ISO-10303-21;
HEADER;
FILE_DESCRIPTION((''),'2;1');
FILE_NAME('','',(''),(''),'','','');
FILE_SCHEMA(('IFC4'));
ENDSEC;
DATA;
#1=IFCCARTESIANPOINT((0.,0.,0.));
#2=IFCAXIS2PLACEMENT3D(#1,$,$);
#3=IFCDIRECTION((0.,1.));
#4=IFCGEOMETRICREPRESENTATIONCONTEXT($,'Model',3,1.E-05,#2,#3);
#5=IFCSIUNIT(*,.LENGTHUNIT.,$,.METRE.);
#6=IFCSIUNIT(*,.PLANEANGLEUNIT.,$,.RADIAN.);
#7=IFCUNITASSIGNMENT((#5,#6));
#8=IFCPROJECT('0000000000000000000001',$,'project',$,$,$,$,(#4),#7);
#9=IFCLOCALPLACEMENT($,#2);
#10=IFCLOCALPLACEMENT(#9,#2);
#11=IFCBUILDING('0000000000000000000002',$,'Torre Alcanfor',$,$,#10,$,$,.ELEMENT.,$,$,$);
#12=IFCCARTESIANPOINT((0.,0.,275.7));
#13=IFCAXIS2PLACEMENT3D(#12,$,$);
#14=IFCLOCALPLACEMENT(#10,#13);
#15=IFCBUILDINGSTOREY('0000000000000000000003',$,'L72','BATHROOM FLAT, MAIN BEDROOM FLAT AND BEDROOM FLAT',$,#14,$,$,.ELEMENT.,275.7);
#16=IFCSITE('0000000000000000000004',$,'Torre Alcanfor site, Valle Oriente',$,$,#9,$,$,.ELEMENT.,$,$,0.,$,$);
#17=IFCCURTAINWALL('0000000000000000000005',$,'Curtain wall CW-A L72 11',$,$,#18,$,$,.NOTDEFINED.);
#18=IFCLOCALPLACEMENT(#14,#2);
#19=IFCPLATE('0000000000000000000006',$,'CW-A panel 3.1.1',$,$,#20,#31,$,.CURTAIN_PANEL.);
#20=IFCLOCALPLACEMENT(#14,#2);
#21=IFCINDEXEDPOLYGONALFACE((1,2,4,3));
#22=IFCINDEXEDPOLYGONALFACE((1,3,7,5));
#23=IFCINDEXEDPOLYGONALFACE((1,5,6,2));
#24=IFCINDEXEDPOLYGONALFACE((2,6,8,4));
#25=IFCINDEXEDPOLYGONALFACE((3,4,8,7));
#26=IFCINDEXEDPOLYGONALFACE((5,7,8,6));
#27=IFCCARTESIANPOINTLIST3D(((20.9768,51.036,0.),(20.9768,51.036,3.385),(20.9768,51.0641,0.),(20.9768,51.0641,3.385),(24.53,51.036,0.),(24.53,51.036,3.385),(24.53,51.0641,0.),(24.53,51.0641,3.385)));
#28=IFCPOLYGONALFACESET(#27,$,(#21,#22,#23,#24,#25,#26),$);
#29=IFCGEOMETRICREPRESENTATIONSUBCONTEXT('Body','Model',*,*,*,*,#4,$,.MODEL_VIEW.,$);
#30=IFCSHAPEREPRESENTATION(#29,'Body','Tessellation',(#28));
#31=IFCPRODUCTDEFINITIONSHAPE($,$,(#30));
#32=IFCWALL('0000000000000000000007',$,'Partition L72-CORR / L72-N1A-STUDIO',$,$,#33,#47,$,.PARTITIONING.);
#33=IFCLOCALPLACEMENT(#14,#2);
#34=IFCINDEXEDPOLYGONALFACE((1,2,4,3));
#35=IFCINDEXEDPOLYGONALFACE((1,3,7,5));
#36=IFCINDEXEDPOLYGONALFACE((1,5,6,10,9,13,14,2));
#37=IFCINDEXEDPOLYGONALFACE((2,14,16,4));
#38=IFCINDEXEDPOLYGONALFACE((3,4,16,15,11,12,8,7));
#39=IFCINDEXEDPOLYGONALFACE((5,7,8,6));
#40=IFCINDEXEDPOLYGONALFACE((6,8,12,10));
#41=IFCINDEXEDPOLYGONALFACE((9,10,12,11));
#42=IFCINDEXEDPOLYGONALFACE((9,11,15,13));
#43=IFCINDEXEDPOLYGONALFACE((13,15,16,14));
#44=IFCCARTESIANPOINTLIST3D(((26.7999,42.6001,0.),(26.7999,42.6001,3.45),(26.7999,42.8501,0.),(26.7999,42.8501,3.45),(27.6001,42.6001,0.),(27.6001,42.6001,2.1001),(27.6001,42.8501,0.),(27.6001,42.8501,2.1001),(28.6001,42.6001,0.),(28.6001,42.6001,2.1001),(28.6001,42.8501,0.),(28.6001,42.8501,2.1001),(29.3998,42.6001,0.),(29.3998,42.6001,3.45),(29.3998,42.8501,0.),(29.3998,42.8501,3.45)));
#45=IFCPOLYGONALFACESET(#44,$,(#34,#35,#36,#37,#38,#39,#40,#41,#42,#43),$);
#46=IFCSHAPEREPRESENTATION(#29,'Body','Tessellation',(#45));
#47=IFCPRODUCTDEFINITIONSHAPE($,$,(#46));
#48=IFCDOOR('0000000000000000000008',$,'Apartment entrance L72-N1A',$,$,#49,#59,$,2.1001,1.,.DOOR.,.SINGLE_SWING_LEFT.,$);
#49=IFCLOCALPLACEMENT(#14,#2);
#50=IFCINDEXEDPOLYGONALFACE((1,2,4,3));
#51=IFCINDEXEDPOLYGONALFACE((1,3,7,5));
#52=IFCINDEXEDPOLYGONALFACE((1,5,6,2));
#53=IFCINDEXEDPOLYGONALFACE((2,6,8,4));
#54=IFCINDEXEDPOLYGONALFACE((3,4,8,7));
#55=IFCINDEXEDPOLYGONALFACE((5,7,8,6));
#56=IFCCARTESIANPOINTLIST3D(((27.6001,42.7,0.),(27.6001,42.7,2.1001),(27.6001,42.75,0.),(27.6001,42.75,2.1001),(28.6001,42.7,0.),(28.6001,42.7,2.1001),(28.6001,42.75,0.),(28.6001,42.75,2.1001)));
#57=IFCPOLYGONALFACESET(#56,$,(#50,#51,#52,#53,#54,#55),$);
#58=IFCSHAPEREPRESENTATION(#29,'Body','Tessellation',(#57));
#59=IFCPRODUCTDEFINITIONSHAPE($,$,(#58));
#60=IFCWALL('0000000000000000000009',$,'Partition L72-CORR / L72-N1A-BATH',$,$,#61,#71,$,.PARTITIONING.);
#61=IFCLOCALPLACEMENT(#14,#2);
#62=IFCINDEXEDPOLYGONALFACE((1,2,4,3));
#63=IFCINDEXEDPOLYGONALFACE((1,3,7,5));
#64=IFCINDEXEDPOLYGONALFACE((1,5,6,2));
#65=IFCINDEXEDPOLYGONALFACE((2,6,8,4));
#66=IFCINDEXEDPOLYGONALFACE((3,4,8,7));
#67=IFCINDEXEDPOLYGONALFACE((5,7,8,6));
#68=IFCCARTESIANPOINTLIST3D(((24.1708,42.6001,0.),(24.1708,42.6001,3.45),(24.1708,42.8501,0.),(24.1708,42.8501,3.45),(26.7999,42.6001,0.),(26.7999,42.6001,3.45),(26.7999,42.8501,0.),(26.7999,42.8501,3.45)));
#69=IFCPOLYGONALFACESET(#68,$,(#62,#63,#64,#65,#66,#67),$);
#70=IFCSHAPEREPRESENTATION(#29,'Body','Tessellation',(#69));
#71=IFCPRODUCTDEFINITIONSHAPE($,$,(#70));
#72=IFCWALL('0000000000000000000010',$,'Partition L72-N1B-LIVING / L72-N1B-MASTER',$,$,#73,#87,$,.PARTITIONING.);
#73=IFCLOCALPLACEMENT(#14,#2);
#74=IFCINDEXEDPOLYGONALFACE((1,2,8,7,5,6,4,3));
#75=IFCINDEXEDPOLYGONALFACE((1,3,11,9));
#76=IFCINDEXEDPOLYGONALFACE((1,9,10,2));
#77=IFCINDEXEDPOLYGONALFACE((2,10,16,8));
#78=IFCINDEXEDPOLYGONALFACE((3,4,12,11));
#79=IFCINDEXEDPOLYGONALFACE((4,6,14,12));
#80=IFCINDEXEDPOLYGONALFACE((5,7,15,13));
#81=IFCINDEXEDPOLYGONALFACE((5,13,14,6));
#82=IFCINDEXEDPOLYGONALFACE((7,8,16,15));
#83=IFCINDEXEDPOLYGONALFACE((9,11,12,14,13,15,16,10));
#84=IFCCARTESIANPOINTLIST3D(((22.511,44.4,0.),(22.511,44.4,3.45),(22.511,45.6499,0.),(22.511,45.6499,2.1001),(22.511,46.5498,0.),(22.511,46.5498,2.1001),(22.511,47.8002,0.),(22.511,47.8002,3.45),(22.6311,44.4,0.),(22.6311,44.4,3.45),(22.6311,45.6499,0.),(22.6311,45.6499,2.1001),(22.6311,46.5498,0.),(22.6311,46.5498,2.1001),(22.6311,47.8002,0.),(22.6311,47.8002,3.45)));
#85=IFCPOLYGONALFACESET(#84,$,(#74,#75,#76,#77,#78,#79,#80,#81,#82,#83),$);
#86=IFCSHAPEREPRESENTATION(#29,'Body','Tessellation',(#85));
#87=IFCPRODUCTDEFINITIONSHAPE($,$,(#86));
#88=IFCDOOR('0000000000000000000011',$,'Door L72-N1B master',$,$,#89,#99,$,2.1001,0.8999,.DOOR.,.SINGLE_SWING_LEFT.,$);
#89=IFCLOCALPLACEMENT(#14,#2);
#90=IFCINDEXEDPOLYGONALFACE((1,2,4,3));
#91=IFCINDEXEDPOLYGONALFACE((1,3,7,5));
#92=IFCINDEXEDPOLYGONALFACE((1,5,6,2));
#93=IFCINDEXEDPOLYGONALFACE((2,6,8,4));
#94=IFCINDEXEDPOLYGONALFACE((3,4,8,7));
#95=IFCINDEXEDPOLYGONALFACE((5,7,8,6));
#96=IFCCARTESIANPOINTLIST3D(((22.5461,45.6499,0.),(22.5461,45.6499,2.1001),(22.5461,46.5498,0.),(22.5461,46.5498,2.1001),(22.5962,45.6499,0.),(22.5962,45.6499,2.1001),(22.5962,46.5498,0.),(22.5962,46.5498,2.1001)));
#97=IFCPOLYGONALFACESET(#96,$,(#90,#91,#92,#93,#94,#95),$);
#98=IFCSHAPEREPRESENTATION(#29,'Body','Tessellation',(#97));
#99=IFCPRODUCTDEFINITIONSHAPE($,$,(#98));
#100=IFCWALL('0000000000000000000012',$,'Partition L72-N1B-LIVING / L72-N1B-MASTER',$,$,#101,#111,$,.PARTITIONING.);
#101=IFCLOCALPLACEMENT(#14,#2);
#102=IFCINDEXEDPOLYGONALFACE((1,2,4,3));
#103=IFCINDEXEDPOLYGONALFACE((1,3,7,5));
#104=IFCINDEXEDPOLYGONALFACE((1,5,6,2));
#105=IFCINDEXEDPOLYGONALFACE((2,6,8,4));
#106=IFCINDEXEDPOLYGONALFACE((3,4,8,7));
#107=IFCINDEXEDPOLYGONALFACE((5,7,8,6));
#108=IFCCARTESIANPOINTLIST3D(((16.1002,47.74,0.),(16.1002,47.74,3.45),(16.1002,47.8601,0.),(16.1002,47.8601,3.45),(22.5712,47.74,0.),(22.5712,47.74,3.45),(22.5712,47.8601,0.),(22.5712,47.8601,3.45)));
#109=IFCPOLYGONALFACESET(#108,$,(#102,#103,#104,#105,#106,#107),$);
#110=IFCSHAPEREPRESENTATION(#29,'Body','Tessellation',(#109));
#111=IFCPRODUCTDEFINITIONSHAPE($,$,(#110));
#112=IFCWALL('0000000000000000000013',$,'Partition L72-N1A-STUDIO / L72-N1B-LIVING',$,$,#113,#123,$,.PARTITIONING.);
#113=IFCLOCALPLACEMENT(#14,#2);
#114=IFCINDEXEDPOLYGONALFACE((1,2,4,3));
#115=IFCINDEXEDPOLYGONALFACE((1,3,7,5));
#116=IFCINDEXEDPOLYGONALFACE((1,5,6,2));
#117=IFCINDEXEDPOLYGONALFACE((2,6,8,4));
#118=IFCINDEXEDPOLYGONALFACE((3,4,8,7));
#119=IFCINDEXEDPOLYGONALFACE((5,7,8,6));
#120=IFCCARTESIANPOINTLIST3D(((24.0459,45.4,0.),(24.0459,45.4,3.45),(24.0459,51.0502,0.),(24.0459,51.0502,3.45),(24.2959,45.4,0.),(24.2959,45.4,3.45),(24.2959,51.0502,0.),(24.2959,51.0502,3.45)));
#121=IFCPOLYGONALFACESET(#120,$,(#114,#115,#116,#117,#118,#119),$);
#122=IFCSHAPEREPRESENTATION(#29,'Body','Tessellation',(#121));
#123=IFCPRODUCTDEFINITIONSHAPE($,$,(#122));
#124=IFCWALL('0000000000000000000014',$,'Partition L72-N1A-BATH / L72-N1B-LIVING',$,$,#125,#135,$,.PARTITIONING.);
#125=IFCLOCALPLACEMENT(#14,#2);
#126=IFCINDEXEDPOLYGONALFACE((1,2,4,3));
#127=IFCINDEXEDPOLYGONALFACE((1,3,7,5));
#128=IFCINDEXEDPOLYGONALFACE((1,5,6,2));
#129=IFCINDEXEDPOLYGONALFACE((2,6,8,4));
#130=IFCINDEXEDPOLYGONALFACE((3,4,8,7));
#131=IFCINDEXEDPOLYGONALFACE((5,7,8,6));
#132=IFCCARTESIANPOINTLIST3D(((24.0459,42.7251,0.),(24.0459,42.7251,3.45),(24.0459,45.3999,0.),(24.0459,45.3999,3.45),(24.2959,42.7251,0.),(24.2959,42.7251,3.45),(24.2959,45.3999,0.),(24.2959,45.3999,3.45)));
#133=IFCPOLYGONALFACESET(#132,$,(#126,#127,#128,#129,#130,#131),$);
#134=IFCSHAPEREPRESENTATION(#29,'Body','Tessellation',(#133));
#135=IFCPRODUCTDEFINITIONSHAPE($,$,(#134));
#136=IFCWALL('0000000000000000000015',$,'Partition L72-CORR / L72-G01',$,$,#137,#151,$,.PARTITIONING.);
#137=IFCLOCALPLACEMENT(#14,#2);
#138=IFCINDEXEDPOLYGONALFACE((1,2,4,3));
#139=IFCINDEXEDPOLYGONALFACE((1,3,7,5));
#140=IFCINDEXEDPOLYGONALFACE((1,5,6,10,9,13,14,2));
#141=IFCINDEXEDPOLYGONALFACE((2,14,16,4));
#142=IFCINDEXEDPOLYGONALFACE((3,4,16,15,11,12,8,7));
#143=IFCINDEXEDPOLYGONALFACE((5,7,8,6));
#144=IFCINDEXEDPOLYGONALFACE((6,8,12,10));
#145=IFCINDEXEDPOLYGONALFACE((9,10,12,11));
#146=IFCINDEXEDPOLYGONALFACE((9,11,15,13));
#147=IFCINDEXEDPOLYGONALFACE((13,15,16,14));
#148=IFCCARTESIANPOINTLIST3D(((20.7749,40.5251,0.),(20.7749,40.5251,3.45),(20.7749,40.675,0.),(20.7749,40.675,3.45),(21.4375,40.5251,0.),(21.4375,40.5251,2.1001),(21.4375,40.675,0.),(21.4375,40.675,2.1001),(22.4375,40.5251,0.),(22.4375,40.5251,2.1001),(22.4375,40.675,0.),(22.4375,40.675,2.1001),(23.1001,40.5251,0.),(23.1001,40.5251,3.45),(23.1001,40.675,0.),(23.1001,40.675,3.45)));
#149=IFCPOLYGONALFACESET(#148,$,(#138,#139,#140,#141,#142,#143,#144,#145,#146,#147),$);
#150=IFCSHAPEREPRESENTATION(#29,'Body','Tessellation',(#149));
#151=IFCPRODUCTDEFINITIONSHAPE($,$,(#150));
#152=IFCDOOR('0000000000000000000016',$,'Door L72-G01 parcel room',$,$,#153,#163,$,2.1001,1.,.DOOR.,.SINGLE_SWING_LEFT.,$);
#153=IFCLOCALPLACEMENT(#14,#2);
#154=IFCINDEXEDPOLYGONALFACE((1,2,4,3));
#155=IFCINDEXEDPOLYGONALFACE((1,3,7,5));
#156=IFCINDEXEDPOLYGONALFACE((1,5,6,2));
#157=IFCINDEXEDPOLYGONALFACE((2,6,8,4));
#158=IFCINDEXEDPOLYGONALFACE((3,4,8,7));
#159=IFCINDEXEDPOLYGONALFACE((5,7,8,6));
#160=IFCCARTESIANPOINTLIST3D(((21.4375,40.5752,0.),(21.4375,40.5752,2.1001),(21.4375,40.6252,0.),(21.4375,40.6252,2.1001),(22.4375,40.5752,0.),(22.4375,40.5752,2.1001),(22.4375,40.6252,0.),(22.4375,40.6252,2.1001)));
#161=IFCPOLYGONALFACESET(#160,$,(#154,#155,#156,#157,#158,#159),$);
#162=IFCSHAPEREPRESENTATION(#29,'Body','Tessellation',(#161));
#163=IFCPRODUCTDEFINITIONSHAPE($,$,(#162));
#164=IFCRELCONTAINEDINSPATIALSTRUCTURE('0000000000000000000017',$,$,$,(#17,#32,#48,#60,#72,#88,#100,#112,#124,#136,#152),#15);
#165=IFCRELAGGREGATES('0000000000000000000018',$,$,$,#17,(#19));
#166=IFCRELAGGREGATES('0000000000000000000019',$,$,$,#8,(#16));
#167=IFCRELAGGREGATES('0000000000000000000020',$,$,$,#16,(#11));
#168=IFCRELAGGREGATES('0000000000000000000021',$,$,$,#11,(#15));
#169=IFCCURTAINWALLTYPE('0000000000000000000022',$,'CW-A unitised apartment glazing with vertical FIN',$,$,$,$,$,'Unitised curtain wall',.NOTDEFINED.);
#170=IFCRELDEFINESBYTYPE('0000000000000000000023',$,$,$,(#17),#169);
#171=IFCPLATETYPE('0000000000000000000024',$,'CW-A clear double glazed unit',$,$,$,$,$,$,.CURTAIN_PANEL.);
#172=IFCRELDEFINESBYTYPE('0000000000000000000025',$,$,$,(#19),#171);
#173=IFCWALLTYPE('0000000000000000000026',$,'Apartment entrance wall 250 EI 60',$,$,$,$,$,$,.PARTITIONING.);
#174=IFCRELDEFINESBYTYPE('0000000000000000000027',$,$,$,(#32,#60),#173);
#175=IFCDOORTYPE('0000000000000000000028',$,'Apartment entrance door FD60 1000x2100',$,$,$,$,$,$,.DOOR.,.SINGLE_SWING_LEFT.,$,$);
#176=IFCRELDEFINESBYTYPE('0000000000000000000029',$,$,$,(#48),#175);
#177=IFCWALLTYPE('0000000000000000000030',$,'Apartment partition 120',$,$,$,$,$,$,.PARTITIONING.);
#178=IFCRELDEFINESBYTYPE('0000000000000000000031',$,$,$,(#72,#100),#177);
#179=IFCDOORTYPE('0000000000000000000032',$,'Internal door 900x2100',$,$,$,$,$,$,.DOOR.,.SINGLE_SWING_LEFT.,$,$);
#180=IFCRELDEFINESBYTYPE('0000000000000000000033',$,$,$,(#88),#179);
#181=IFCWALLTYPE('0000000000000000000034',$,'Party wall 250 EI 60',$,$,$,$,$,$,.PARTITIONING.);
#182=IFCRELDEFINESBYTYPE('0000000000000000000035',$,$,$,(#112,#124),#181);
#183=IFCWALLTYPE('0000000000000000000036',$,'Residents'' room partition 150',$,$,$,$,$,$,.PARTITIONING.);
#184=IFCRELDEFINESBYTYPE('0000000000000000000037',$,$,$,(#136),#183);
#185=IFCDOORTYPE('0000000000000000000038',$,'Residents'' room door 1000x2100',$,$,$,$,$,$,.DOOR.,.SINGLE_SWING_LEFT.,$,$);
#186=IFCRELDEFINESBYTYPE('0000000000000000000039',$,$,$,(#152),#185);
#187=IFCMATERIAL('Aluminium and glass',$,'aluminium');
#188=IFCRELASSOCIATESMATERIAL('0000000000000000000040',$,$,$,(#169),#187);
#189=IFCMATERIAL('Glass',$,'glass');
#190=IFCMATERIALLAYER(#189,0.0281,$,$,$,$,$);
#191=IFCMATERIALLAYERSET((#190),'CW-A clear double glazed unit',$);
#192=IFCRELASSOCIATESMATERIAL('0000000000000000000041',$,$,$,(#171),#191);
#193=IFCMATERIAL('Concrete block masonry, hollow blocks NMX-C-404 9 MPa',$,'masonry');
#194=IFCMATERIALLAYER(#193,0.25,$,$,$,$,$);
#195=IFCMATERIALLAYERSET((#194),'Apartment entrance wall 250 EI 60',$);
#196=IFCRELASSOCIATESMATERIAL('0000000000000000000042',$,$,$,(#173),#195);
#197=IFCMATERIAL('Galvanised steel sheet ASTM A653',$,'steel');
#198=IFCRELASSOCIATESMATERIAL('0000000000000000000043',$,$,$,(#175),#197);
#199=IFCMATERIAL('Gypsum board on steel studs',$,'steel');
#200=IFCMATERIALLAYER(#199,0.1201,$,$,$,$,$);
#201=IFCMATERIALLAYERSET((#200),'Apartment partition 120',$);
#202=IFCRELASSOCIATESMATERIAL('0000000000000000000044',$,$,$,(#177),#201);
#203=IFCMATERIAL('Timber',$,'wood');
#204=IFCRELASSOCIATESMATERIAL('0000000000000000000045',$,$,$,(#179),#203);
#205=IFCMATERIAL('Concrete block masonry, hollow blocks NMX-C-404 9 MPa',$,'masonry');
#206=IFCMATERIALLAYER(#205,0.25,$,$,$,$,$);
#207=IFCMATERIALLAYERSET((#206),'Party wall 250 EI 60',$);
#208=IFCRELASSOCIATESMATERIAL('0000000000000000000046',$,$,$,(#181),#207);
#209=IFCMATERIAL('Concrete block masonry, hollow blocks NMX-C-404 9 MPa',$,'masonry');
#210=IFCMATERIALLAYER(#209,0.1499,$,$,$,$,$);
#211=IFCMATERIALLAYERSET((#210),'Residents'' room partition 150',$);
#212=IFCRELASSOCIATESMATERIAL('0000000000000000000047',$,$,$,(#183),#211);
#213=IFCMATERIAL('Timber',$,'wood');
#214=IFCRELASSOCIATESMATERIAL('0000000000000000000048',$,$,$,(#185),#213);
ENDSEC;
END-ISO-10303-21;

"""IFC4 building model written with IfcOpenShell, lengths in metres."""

from ifc_helpers import new_model, si_unit, direction, frame, frame_2d, origin, origin_2d, place, context, subcontext, project, spatial, rectangle, extrude, material, layer, layer_set, type_object, element, fill, aggregate, save


model = new_model("IFC4")

# Units and contexts
model_context = context("Model", 3, precision=1e-05, world=origin(), true_north=direction((0.0, 1.0)))
body_context = subcontext(model_context, "Body", "Model", "MODEL_VIEW")
ifc_project = project(units=[si_unit("LENGTHUNIT", "METRE"), si_unit("PLANEANGLEUNIT", "RADIAN")], contexts=[model_context])

# Site, building, storey
site_placement = place(None, origin())
site = spatial("IfcSite", under=ifc_project, at=site_placement, Name="Torre Alcanfor site, Valle Oriente", CompositionType="ELEMENT", RefElevation=0.0)
building_placement = place(site_placement, origin())
building = spatial("IfcBuilding", under=site, at=building_placement, Name="Torre Alcanfor", CompositionType="ELEMENT")
storey_placement = place(building_placement, frame((0.0, 0.0, 275.7)))
storey = spatial("IfcBuildingStorey", under=building, at=storey_placement, Name="L72", Description="BATHROOM FLAT, MAIN BEDROOM FLAT AND BEDROOM FLAT", CompositionType="ELEMENT", Elevation=275.7)

# Curtain wall
ifc_material_1 = material(Name="Aluminium and glass", Category="aluminium")
curtain_wall_type = type_object("IfcCurtainWallType", Name="CW-A unitised apartment glazing with vertical FIN", ElementType="Unitised curtain wall", PredefinedType="NOTDEFINED", material=ifc_material_1)
curtain_wall_placement = place(storey_placement, origin())
curtain_wall = element("IfcCurtainWall", 1, at=curtain_wall_placement, inside=storey, type_object=curtain_wall_type, Name="Curtain wall CW-A L72 11", PredefinedType="NOTDEFINED")

# Plate
ifc_material_2 = material(Name="Glass", Category="glass")
ifc_layer_1 = layer(ifc_material_2, 0.0281)
ifc_layer_set_1 = layer_set([ifc_layer_1], Name="CW-A clear double glazed unit")
plate_type = type_object("IfcPlateType", Name="CW-A clear double glazed unit", PredefinedType="CURTAIN_PANEL", material=ifc_layer_set_1)
plate_1_placement = place(storey_placement, frame((22.7534, 51.05, 0.0), z_axis=(0.0, 0.0, 1.0), x_axis=(-1.0, 0.0, 0.0)))
plate_1 = element("IfcPlate", 2, at=plate_1_placement, type_object=plate_type, Name="CW-A panel 3.1.1", PredefinedType="CURTAIN_PANEL", context=body_context, shape_type="SweptSolid", body=[
    extrude(rectangle(XDim=3.5532, YDim=0.0281, at=origin_2d()), origin(), (0.0, 0.0, 1.0), 3.385),
])
aggregate(curtain_wall, [plate_1])

# Wall, opening, door
ifc_material_3 = material(Name="Concrete block masonry, hollow blocks NMX-C-404 9 MPa", Category="masonry")
ifc_layer_2 = layer(ifc_material_3, 0.25)
ifc_layer_set_2 = layer_set([ifc_layer_2], Name="Apartment entrance wall 250 EI 60")
wall_type_1 = type_object("IfcWallType", Name="Apartment entrance wall 250 EI 60", PredefinedType="PARTITIONING", material=ifc_layer_set_2)
wall_1_placement = place(storey_placement, frame((26.8, 42.7251, 0.0), z_axis=(0.0, 0.0, 1.0), x_axis=(1.0, 0.0, 0.0)))
wall_1 = element("IfcWall", 3, at=wall_1_placement, inside=storey, type_object=wall_type_1, Name="Partition L72-CORR / L72-N1A-STUDIO", PredefinedType="PARTITIONING", context=body_context, shape_type="SweptSolid", body=[
    extrude(rectangle(XDim=2.5999, YDim=0.25, at=frame_2d((1.2998, 0.0))), origin(), (0.0, 0.0, 1.0), 3.45),
])
opening_1_placement = place(wall_1_placement, frame((0.8, 0.0, 0.0)))
opening_1 = element("IfcOpeningElement", 4, at=opening_1_placement, cuts=wall_1, PredefinedType="OPENING", context=body_context, shape_type="SweptSolid", body=[
    extrude(rectangle(XDim=1.0, YDim=2.1001, at=frame_2d((0.5, 1.05))), frame((0.0, 0.135, 0.0), z_axis=(0.0, -1.0, 0.0), x_axis=(1.0, 0.0, 0.0)), (0.0, 0.0, 1.0), 0.27),
])
ifc_material_4 = material(Name="Galvanised steel sheet ASTM A653", Category="steel")
door_type_1 = type_object("IfcDoorType", Name="Apartment entrance door FD60 1000x2100", OperationType="SINGLE_SWING_LEFT", PredefinedType="DOOR", material=ifc_material_4)
door_1_placement = place(opening_1_placement, origin())
door_1 = element("IfcDoor", 5, at=door_1_placement, inside=storey, type_object=door_type_1, Name="Apartment entrance L72-N1A", OperationType="SINGLE_SWING_LEFT", OverallHeight=2.1001, OverallWidth=1.0, PredefinedType="DOOR", context=body_context, shape_type="SweptSolid", body=[
    extrude(rectangle(XDim=1.0, YDim=2.1001, at=frame_2d((0.5, 1.05))), frame((0.0, 0.0249, 0.0), z_axis=(0.0, -1.0, 0.0), x_axis=(1.0, 0.0, 0.0)), (0.0, 0.0, 1.0), 0.05),
])
fill(opening_1, door_1)

# Wall
wall_2_placement = place(storey_placement, frame((24.1709, 42.7251, 0.0), z_axis=(0.0, 0.0, 1.0), x_axis=(1.0, 0.0, 0.0)))
element("IfcWall", 6, at=wall_2_placement, inside=storey, type_object=wall_type_1, Name="Partition L72-CORR / L72-N1A-BATH", PredefinedType="PARTITIONING", context=body_context, shape_type="SweptSolid", body=[
    extrude(rectangle(XDim=2.6292, YDim=0.25, at=frame_2d((1.3145, 0.0))), origin(), (0.0, 0.0, 1.0), 3.45),
])

# Wall, opening, door
ifc_material_5 = material(Name="Gypsum board on steel studs", Category="steel")
ifc_layer_3 = layer(ifc_material_5, 0.1201)
ifc_layer_set_3 = layer_set([ifc_layer_3], Name="Apartment partition 120")
wall_type_2 = type_object("IfcWallType", Name="Apartment partition 120", PredefinedType="PARTITIONING", material=ifc_layer_set_3)
wall_3_placement = place(storey_placement, frame((22.571, 44.3999, 0.0), z_axis=(0.0, 0.0, 1.0), x_axis=(0.0, 1.0, 0.0)))
wall_3 = element("IfcWall", 7, at=wall_3_placement, inside=storey, type_object=wall_type_2, Name="Partition L72-N1B-LIVING / L72-N1B-MASTER", PredefinedType="PARTITIONING", context=body_context, shape_type="SweptSolid", body=[
    extrude(rectangle(XDim=3.4001, YDim=0.1201, at=frame_2d((1.7002, 0.0))), origin(), (0.0, 0.0, 1.0), 3.45),
])
opening_2_placement = place(wall_3_placement, frame((1.25, 0.0, 0.0)))
opening_2 = element("IfcOpeningElement", 8, at=opening_2_placement, cuts=wall_3, PredefinedType="OPENING", context=body_context, shape_type="SweptSolid", body=[
    extrude(rectangle(XDim=0.8999, YDim=2.1001, at=frame_2d((0.45, 1.05))), frame((0.0, 0.0701, 0.0), z_axis=(0.0, -1.0, 0.0), x_axis=(1.0, 0.0, 0.0)), (0.0, 0.0, 1.0), 0.1401),
])
ifc_material_6 = material(Name="Timber", Category="wood")
door_type_2 = type_object("IfcDoorType", Name="Internal door 900x2100", OperationType="SINGLE_SWING_LEFT", PredefinedType="DOOR", material=ifc_material_6)
door_2_placement = place(opening_2_placement, origin())
door_2 = element("IfcDoor", 9, at=door_2_placement, inside=storey, type_object=door_type_2, Name="Door L72-N1B master", OperationType="SINGLE_SWING_LEFT", OverallHeight=2.1001, OverallWidth=0.8999, PredefinedType="DOOR", context=body_context, shape_type="SweptSolid", body=[
    extrude(rectangle(XDim=0.8999, YDim=2.1001, at=frame_2d((0.45, 1.05))), frame((0.0, 0.0249, 0.0), z_axis=(0.0, -1.0, 0.0), x_axis=(1.0, 0.0, 0.0)), (0.0, 0.0, 1.0), 0.05),
])
fill(opening_2, door_2)

# Walls
wall_4_placement = place(storey_placement, frame((22.571, 47.8, 0.0), z_axis=(0.0, 0.0, 1.0), x_axis=(-1.0, 0.0, 0.0)))
element("IfcWall", 10, at=wall_4_placement, inside=storey, type_object=wall_type_2, Name="Partition L72-N1B-LIVING / L72-N1B-MASTER", PredefinedType="PARTITIONING", context=body_context, shape_type="SweptSolid", body=[
    extrude(rectangle(XDim=6.4709, YDim=0.1201, at=frame_2d((3.2354, 0.0))), origin(), (0.0, 0.0, 1.0), 3.45),
])
ifc_material_7 = material(Name="Concrete block masonry, hollow blocks NMX-C-404 9 MPa", Category="masonry")
ifc_layer_4 = layer(ifc_material_7, 0.25)
ifc_layer_set_4 = layer_set([ifc_layer_4], Name="Party wall 250 EI 60")
wall_type_3 = type_object("IfcWallType", Name="Party wall 250 EI 60", PredefinedType="PARTITIONING", material=ifc_layer_set_4)
wall_5_placement = place(storey_placement, frame((24.1709, 45.3999, 0.0), z_axis=(0.0, 0.0, 1.0), x_axis=(0.0, 1.0, 0.0)))
element("IfcWall", 11, at=wall_5_placement, inside=storey, type_object=wall_type_3, Name="Partition L72-N1A-STUDIO / L72-N1B-LIVING", PredefinedType="PARTITIONING", context=body_context, shape_type="SweptSolid", body=[
    extrude(rectangle(XDim=5.6501, YDim=0.25, at=frame_2d((2.8252, 0.0))), origin(), (0.0, 0.0, 1.0), 3.45),
])
wall_6_placement = place(storey_placement, frame((24.1709, 45.3999, 0.0), z_axis=(0.0, 0.0, 1.0), x_axis=(0.0, -1.0, 0.0)))
element("IfcWall", 12, at=wall_6_placement, inside=storey, type_object=wall_type_3, Name="Partition L72-N1A-BATH / L72-N1B-LIVING", PredefinedType="PARTITIONING", context=body_context, shape_type="SweptSolid", body=[
    extrude(rectangle(XDim=2.6748, YDim=0.25, at=frame_2d((1.3374, 0.0))), origin(), (0.0, 0.0, 1.0), 3.45),
])

# Wall, opening, door
ifc_material_8 = material(Name="Concrete block masonry, hollow blocks NMX-C-404 9 MPa", Category="masonry")
ifc_layer_5 = layer(ifc_material_8, 0.1499)
ifc_layer_set_5 = layer_set([ifc_layer_5], Name="Residents' room partition 150")
wall_type_4 = type_object("IfcWallType", Name="Residents' room partition 150", PredefinedType="PARTITIONING", material=ifc_layer_set_5)
wall_7_placement = place(storey_placement, frame((23.1001, 40.6001, 0.0), z_axis=(0.0, 0.0, 1.0), x_axis=(-1.0, 0.0, 0.0)))
wall_7 = element("IfcWall", 13, at=wall_7_placement, inside=storey, type_object=wall_type_4, Name="Partition L72-CORR / L72-G01", PredefinedType="PARTITIONING", context=body_context, shape_type="SweptSolid", body=[
    extrude(rectangle(XDim=2.3252, YDim=0.1499, at=frame_2d((1.1626, 0.0))), origin(), (0.0, 0.0, 1.0), 3.45),
])
opening_3_placement = place(wall_7_placement, frame((0.6626, 0.0, 0.0)))
opening_3 = element("IfcOpeningElement", 14, at=opening_3_placement, cuts=wall_7, PredefinedType="OPENING", context=body_context, shape_type="SweptSolid", body=[
    extrude(rectangle(XDim=1.0, YDim=2.1001, at=frame_2d((0.5, 1.05))), frame((0.0, 0.085, 0.0), z_axis=(0.0, -1.0, 0.0), x_axis=(1.0, 0.0, 0.0)), (0.0, 0.0, 1.0), 0.1699),
])
ifc_material_9 = material(Name="Timber", Category="wood")
door_type_3 = type_object("IfcDoorType", Name="Residents' room door 1000x2100", OperationType="SINGLE_SWING_LEFT", PredefinedType="DOOR", material=ifc_material_9)
door_3_placement = place(opening_3_placement, origin())
door_3 = element("IfcDoor", 15, at=door_3_placement, inside=storey, type_object=door_type_3, Name="Door L72-G01 parcel room", OperationType="SINGLE_SWING_LEFT", OverallHeight=2.1001, OverallWidth=1.0, PredefinedType="DOOR", context=body_context, shape_type="SweptSolid", body=[
    extrude(rectangle(XDim=1.0, YDim=2.1001, at=frame_2d((0.5, 1.05))), frame((0.0, 0.0249, 0.0), z_axis=(0.0, -1.0, 0.0), x_axis=(1.0, 0.0, 0.0)), (0.0, 0.0, 1.0), 0.05),
])
fill(opening_3, door_3)

save(model, "model.ifc")
